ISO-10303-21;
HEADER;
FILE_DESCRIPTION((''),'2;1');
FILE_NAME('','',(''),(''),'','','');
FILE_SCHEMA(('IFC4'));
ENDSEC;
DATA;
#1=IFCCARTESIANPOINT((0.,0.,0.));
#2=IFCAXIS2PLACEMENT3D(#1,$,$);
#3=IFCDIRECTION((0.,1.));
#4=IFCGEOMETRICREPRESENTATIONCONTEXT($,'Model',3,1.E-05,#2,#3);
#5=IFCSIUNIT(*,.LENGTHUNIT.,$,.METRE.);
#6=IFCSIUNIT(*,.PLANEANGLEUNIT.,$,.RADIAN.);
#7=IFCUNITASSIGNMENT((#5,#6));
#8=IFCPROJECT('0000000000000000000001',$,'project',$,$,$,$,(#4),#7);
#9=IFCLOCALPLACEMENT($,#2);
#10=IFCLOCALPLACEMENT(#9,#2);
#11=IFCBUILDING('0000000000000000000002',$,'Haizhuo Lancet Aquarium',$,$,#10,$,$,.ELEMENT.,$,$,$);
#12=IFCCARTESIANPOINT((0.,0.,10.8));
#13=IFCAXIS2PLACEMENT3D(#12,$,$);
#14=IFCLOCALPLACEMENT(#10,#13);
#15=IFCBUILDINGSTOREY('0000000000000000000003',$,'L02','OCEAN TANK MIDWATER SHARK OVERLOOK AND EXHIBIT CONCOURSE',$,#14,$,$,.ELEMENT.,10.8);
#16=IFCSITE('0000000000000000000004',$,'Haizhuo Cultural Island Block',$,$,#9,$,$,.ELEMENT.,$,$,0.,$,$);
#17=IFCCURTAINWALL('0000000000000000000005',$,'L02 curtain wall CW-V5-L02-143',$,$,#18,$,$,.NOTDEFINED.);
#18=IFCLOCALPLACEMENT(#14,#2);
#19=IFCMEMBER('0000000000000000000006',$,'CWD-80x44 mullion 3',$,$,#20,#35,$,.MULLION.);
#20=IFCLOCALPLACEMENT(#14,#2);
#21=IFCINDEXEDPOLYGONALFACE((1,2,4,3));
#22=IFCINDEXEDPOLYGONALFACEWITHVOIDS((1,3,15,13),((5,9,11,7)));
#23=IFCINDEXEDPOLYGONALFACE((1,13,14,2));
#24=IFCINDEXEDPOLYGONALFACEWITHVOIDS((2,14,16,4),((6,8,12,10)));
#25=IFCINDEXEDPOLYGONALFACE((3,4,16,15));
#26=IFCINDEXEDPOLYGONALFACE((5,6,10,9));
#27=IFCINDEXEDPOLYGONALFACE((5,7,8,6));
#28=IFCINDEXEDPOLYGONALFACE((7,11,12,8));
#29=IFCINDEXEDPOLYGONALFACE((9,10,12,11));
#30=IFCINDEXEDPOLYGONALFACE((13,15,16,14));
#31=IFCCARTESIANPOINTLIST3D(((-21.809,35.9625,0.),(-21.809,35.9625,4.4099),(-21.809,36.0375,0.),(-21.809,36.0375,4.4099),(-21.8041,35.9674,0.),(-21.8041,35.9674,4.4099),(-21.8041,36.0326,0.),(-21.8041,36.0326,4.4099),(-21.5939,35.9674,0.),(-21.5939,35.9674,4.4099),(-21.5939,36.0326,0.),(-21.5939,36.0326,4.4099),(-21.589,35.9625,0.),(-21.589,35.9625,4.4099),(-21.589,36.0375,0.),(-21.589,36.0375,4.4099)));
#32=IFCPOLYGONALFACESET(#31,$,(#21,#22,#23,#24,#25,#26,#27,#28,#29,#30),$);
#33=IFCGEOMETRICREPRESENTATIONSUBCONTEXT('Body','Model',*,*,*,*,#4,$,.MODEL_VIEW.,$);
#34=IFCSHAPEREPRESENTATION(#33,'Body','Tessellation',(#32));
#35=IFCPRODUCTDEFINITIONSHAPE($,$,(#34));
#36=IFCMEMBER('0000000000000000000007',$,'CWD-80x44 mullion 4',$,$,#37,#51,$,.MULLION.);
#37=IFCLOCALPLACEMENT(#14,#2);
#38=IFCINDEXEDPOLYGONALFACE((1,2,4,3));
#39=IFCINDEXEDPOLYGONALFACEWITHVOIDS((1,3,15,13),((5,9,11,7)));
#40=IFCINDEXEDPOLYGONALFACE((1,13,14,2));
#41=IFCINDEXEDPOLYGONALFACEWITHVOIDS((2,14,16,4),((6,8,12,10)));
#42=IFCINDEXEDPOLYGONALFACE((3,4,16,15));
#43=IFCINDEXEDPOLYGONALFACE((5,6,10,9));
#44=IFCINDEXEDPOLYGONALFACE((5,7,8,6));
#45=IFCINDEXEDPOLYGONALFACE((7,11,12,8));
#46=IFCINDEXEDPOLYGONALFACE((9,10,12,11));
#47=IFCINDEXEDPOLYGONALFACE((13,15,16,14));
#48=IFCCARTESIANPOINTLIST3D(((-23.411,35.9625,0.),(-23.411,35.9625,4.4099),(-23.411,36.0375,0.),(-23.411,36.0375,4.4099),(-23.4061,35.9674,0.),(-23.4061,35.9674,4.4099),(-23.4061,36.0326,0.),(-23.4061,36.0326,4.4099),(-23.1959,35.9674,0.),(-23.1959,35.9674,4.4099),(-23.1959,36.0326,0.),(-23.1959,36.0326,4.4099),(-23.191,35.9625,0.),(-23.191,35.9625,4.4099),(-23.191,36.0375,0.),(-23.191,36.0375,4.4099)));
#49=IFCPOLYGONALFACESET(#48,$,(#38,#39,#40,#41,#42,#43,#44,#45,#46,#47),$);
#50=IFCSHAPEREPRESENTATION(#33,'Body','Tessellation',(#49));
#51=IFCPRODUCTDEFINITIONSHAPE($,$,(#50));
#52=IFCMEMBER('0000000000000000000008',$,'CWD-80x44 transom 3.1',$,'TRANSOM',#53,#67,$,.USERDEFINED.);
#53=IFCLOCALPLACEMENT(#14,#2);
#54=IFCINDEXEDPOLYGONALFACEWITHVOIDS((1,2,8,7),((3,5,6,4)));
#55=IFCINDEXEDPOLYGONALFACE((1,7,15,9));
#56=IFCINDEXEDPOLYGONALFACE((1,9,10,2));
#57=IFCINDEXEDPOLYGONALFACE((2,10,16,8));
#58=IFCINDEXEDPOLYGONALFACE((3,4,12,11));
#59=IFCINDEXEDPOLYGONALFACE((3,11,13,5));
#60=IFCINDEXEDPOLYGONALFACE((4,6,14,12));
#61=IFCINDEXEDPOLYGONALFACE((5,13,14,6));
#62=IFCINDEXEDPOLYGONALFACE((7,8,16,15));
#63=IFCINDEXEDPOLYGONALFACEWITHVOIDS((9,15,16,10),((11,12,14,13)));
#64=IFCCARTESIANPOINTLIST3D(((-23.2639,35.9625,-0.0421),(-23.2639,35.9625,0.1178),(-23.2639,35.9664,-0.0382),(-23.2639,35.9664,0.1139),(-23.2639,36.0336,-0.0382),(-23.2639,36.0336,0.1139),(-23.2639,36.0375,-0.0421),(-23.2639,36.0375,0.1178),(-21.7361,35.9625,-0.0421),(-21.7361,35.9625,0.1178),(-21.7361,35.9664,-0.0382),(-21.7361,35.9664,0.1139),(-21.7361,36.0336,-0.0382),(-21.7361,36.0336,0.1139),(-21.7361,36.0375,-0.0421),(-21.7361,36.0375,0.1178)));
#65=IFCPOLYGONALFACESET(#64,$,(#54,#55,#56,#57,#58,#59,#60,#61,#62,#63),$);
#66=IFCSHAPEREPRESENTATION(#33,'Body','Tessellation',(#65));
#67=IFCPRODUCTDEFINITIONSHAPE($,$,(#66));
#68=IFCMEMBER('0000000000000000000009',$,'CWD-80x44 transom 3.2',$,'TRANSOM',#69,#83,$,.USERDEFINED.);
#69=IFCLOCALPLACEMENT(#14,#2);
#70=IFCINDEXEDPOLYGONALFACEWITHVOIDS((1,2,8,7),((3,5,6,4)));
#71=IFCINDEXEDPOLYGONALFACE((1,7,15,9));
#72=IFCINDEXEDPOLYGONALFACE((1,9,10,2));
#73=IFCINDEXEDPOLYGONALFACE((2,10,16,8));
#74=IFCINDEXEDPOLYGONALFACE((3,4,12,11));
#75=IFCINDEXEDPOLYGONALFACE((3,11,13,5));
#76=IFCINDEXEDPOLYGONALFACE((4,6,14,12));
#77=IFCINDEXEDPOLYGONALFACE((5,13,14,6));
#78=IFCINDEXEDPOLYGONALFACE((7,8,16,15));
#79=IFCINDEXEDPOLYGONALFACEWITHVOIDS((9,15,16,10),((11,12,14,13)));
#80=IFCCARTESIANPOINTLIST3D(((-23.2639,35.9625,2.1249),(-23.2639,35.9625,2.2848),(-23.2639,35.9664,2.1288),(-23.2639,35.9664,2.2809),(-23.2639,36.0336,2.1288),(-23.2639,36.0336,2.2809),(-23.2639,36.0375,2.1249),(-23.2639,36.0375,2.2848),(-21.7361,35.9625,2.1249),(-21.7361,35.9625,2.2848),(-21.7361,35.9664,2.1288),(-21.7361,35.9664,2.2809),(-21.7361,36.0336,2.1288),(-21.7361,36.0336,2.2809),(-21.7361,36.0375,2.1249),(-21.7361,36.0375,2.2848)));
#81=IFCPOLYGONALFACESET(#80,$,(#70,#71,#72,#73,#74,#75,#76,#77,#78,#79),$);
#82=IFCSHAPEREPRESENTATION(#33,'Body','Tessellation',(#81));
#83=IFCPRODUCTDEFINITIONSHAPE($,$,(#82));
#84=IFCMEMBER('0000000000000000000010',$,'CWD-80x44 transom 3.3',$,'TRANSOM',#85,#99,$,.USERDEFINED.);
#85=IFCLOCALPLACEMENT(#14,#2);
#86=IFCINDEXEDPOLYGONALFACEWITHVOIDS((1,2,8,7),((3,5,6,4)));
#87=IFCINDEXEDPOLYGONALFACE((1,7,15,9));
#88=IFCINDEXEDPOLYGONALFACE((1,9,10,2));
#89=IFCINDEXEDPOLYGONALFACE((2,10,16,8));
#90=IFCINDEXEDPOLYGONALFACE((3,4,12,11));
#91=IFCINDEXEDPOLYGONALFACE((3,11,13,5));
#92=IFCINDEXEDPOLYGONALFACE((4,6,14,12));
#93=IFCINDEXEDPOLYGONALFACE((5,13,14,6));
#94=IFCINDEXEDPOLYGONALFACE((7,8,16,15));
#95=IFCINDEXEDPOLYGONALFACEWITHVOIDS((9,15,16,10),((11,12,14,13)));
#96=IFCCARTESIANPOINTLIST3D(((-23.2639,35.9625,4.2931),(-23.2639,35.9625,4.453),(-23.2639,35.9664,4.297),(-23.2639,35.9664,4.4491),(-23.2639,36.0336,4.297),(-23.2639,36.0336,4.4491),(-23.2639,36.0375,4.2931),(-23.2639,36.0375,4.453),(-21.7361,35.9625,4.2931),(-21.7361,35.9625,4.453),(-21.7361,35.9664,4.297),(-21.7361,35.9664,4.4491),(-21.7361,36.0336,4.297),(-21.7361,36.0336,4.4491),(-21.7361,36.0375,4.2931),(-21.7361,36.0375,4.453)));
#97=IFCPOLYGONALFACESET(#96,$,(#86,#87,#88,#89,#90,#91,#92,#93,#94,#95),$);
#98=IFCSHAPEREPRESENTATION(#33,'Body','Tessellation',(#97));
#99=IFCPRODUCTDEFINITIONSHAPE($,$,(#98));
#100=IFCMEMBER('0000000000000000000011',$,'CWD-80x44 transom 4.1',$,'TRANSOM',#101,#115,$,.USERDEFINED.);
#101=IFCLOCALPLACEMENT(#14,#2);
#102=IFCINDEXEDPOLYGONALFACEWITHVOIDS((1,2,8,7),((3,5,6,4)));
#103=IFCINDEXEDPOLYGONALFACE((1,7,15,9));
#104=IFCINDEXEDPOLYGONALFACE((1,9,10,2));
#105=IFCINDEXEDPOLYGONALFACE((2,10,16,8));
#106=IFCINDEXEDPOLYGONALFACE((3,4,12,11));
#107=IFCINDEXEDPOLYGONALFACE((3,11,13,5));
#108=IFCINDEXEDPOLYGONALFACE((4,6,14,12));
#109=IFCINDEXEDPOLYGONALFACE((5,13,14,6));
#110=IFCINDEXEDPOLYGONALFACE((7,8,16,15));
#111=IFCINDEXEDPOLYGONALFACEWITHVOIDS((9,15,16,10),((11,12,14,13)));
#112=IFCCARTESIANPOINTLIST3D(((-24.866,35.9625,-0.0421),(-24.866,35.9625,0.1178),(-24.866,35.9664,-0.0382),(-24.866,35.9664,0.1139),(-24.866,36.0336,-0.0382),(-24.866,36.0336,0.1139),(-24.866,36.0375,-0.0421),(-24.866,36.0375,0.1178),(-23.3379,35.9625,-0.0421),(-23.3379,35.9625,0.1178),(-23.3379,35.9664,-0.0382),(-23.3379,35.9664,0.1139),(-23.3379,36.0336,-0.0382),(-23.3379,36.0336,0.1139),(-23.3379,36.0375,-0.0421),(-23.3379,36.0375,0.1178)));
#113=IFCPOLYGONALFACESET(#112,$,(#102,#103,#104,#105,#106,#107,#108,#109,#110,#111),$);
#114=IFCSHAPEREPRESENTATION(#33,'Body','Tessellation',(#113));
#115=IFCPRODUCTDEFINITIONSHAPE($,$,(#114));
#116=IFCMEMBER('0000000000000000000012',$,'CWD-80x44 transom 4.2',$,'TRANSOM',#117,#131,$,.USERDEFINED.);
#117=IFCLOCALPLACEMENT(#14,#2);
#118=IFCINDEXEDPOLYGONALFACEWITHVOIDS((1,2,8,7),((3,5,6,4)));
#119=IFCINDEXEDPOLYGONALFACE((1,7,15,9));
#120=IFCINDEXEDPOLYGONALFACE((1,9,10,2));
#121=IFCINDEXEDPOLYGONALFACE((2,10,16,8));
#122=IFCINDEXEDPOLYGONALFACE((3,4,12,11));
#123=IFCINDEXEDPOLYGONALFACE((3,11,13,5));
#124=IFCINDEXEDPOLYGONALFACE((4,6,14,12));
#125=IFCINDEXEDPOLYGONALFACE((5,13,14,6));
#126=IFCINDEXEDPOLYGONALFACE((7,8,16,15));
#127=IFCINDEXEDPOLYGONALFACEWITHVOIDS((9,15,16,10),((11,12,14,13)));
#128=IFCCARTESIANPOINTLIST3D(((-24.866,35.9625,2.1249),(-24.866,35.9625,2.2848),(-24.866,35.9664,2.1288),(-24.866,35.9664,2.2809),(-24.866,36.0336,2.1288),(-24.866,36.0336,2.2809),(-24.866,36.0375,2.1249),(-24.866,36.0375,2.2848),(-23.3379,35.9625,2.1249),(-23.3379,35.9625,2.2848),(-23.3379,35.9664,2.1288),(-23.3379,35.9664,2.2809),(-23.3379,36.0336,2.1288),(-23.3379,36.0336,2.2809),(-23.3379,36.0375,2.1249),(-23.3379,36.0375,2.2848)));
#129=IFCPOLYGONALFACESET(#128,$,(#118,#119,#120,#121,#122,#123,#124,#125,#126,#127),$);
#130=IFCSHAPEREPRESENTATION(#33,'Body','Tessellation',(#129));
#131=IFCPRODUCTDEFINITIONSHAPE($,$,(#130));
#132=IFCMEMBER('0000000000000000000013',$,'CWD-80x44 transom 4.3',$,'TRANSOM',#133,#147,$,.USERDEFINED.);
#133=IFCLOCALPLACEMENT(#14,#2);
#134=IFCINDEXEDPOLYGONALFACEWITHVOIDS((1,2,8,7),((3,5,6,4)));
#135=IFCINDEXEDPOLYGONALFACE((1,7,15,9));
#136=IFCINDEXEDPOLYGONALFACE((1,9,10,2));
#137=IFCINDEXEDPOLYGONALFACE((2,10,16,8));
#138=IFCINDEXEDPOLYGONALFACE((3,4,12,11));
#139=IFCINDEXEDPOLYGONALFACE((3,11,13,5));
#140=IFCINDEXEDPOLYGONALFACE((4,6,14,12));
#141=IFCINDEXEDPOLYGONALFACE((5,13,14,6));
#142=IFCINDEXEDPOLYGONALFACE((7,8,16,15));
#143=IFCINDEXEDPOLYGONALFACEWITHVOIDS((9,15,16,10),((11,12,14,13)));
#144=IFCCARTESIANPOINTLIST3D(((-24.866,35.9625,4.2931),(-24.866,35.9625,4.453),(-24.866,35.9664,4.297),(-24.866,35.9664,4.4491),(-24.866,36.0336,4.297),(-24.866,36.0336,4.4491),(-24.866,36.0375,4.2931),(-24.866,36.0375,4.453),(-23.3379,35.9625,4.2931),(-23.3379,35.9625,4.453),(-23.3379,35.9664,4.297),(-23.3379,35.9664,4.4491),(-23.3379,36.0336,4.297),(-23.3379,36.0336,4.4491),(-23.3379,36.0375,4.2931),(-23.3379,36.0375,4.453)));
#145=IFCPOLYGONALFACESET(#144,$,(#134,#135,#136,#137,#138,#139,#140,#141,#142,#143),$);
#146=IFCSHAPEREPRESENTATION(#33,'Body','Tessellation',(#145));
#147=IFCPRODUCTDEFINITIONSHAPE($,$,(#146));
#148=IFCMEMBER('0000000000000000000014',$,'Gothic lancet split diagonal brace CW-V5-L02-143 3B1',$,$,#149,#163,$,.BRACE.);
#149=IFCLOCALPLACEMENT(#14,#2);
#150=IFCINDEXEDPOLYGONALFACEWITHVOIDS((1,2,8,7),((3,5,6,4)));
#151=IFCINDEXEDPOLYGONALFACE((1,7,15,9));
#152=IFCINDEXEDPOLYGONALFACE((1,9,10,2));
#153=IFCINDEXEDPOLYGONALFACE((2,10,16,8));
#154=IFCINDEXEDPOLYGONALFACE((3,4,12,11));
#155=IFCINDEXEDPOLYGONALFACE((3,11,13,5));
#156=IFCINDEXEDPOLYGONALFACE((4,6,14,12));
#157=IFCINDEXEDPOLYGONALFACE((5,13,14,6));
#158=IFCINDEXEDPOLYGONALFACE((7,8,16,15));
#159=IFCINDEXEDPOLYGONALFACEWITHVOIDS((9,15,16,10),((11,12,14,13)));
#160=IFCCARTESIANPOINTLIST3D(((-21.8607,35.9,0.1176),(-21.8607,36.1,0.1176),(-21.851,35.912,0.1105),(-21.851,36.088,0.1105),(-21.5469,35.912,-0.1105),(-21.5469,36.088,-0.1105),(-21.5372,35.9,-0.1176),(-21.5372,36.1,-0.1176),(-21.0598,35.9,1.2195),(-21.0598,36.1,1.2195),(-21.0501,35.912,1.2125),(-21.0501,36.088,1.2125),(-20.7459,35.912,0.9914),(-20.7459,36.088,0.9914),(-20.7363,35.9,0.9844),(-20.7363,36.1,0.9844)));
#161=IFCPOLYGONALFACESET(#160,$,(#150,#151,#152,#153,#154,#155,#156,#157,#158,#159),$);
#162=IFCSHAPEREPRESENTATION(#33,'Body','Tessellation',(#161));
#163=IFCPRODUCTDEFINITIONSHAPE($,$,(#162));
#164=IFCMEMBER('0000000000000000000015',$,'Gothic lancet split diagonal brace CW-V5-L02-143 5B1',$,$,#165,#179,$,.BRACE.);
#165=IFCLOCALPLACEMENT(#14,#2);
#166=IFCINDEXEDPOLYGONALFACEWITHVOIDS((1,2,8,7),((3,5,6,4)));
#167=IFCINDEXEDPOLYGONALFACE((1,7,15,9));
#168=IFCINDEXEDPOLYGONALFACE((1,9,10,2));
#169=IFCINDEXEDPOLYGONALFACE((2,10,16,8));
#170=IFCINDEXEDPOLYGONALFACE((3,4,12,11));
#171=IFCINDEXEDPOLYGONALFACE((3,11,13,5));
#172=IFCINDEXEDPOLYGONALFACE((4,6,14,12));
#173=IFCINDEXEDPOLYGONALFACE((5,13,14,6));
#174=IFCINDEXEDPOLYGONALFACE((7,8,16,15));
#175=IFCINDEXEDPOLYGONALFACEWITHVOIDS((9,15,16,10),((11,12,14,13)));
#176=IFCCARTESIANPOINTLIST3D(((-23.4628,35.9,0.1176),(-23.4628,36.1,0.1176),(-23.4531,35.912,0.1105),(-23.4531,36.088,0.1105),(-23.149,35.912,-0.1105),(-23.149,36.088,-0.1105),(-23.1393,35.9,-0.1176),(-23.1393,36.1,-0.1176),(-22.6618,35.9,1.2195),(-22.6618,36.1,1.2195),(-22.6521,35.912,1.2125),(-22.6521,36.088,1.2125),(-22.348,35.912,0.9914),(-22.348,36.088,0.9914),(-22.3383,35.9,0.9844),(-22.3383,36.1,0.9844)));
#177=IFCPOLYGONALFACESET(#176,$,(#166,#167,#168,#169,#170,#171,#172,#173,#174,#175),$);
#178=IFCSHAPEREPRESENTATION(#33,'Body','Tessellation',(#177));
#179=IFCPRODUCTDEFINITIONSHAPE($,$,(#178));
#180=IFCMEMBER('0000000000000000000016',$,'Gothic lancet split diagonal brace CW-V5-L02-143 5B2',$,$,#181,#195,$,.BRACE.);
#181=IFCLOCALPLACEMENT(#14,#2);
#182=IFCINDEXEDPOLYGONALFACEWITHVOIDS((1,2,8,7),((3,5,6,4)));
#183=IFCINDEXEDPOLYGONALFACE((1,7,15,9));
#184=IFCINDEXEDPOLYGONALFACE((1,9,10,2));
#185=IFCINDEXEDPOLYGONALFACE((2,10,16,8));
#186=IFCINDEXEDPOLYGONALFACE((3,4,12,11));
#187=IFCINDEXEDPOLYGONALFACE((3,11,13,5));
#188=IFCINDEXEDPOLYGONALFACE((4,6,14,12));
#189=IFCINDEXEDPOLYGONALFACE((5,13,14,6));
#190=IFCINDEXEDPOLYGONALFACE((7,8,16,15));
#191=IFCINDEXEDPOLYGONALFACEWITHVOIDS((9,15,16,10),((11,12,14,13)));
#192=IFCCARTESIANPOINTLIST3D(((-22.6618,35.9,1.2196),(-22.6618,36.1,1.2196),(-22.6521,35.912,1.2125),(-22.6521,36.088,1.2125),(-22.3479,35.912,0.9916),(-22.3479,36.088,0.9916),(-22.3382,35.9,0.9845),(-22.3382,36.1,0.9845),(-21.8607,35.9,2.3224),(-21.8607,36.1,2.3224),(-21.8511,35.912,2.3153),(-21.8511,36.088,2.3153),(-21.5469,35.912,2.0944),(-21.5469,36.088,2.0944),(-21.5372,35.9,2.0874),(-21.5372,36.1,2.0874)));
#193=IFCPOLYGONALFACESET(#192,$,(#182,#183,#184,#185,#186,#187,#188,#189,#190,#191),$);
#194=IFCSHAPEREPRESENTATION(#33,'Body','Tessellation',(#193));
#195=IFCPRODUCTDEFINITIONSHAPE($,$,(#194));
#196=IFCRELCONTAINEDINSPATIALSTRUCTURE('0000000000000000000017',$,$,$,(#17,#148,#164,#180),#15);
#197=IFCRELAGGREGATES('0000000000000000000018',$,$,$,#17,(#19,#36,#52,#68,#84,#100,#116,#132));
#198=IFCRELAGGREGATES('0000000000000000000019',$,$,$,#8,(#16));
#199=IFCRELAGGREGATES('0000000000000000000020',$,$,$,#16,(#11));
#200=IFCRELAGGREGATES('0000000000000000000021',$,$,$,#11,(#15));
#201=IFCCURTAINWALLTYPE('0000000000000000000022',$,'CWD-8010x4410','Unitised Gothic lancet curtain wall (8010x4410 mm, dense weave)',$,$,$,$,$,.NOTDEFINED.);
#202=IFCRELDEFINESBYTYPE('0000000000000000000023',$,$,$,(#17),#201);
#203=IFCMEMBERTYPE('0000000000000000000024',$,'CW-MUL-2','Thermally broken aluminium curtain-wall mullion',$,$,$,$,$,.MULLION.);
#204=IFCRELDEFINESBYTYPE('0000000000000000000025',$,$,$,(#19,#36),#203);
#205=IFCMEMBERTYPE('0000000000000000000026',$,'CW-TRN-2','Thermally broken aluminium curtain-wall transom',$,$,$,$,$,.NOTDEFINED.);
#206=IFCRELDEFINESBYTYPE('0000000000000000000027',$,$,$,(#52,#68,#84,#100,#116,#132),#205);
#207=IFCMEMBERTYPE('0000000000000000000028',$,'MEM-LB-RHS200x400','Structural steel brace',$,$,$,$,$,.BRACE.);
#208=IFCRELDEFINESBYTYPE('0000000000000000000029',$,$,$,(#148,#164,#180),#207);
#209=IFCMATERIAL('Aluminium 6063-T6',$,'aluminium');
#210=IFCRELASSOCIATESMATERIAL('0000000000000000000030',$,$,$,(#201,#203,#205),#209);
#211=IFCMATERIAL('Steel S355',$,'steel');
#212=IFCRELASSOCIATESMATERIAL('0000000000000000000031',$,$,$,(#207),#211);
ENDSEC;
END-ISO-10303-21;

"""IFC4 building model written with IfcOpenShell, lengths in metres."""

from ifc_helpers import new_model, si_unit, direction, frame, origin, origin_2d, place, context, subcontext, project, spatial, hollow_rectangle, extrude, material, material_profile, profile_set, type_object, element, aggregate, save


model = new_model("IFC4")

# Units and contexts
model_context = context("Model", 3, precision=1e-05, world=origin(), true_north=direction((0.0, 1.0)))
body_context = subcontext(model_context, "Body", "Model", "MODEL_VIEW")
ifc_project = project(units=[si_unit("LENGTHUNIT", "METRE"), si_unit("PLANEANGLEUNIT", "RADIAN")], contexts=[model_context])

# Site, building, storey
site_placement = place(None, origin())
site = spatial("IfcSite", under=ifc_project, at=site_placement, Name="Haizhuo Cultural Island Block", CompositionType="ELEMENT", RefElevation=0.0)
building_placement = place(site_placement, origin())
building = spatial("IfcBuilding", under=site, at=building_placement, Name="Haizhuo Lancet Aquarium", CompositionType="ELEMENT")
storey_placement = place(building_placement, frame((0.0, 0.0, 10.8)))
storey = spatial("IfcBuildingStorey", under=building, at=storey_placement, Name="L02", Description="OCEAN TANK MIDWATER SHARK OVERLOOK AND EXHIBIT CONCOURSE", CompositionType="ELEMENT", Elevation=10.8)

# Curtain wall, members
ifc_material_1 = material(Name="Aluminium 6063-T6", Category="aluminium")
curtain_wall_type = type_object("IfcCurtainWallType", Name="CWD-8010x4410", Description="Unitised Gothic lancet curtain wall (8010x4410 mm, dense weave)", PredefinedType="NOTDEFINED", material=ifc_material_1)
curtain_wall_placement = place(storey_placement, origin())
curtain_wall = element("IfcCurtainWall", 1, at=curtain_wall_placement, inside=storey, type_object=curtain_wall_type, Name="L02 curtain wall CW-V5-L02-143", PredefinedType="NOTDEFINED")
ifc_material_profile_1 = material_profile(ifc_material_1, hollow_rectangle(XDim=0.075, YDim=0.22, WallThickness=0.0049, at=origin_2d()), Name="ALU-M 75x220x5")
ifc_profile_set_1 = profile_set([ifc_material_profile_1], Name="Aluminium 6063-T6")
member_type_1 = type_object("IfcMemberType", Name="CW-MUL-2", Description="Thermally broken aluminium curtain-wall mullion", PredefinedType="MULLION", material=ifc_profile_set_1)
member_1_placement = place(storey_placement, frame((-21.699, 36.0, 0.0), z_axis=(0.0, 0.0, 1.0), x_axis=(0.0, -1.0, 0.0)))
member_1 = element("IfcMember", 2, at=member_1_placement, type_object=member_type_1, Name="CWD-80x44 mullion 3", PredefinedType="MULLION", context=body_context, shape_type="SweptSolid", body=[
    extrude(hollow_rectangle(XDim=0.075, YDim=0.22, WallThickness=0.0049, at=origin_2d()), origin(), (0.0, 0.0, 1.0), 4.4099),
])
member_2_placement = place(storey_placement, frame((-23.301, 36.0, 0.0), z_axis=(0.0, 0.0, 1.0), x_axis=(0.0, -1.0, 0.0)))
member_2 = element("IfcMember", 3, at=member_2_placement, type_object=member_type_1, Name="CWD-80x44 mullion 4", PredefinedType="MULLION", context=body_context, shape_type="SweptSolid", body=[
    extrude(hollow_rectangle(XDim=0.075, YDim=0.22, WallThickness=0.0049, at=origin_2d()), origin(), (0.0, 0.0, 1.0), 4.4099),
])
ifc_material_profile_2 = material_profile(ifc_material_1, hollow_rectangle(XDim=0.075, YDim=0.1599, WallThickness=0.0039, at=origin_2d()), Name="ALU-T 75x160x4")
ifc_profile_set_2 = profile_set([ifc_material_profile_2], Name="Aluminium 6063-T6")
member_type_2 = type_object("IfcMemberType", Name="CW-TRN-2", Description="Thermally broken aluminium curtain-wall transom", PredefinedType="NOTDEFINED", material=ifc_profile_set_2)
member_3_placement = place(storey_placement, frame((-21.7361, 36.0, 0.0378), z_axis=(-1.0, 0.0, 0.0), x_axis=(0.0, -1.0, 0.0)))
member_3 = element("IfcMember", 4, at=member_3_placement, type_object=member_type_2, Name="CWD-80x44 transom 3.1", ObjectType="TRANSOM", PredefinedType="USERDEFINED", context=body_context, shape_type="SweptSolid", body=[
    extrude(hollow_rectangle(XDim=0.075, YDim=0.1599, WallThickness=0.0039, at=origin_2d()), origin(), (0.0, 0.0, 1.0), 1.5278),
])
member_4_placement = place(storey_placement, frame((-21.7361, 36.0, 2.2048), z_axis=(-1.0, 0.0, 0.0), x_axis=(0.0, -1.0, 0.0)))
member_4 = element("IfcMember", 5, at=member_4_placement, type_object=member_type_2, Name="CWD-80x44 transom 3.2", ObjectType="TRANSOM", PredefinedType="USERDEFINED", context=body_context, shape_type="SweptSolid", body=[
    extrude(hollow_rectangle(XDim=0.075, YDim=0.1599, WallThickness=0.0039, at=origin_2d()), origin(), (0.0, 0.0, 1.0), 1.5278),
])
member_5_placement = place(storey_placement, frame((-21.7361, 36.0, 4.373), z_axis=(-1.0, 0.0, 0.0), x_axis=(0.0, -1.0, 0.0)))
member_5 = element("IfcMember", 6, at=member_5_placement, type_object=member_type_2, Name="CWD-80x44 transom 3.3", ObjectType="TRANSOM", PredefinedType="USERDEFINED", context=body_context, shape_type="SweptSolid", body=[
    extrude(hollow_rectangle(XDim=0.075, YDim=0.1599, WallThickness=0.0039, at=origin_2d()), origin(), (0.0, 0.0, 1.0), 1.5278),
])
member_6_placement = place(storey_placement, frame((-23.3379, 36.0, 0.0378), z_axis=(-1.0, 0.0, 0.0), x_axis=(0.0, -1.0, 0.0)))
member_6 = element("IfcMember", 7, at=member_6_placement, type_object=member_type_2, Name="CWD-80x44 transom 4.1", ObjectType="TRANSOM", PredefinedType="USERDEFINED", context=body_context, shape_type="SweptSolid", body=[
    extrude(hollow_rectangle(XDim=0.075, YDim=0.1599, WallThickness=0.0039, at=origin_2d()), origin(), (0.0, 0.0, 1.0), 1.5281),
])
member_7_placement = place(storey_placement, frame((-23.3379, 36.0, 2.2048), z_axis=(-1.0, 0.0, 0.0), x_axis=(0.0, -1.0, 0.0)))
member_7 = element("IfcMember", 8, at=member_7_placement, type_object=member_type_2, Name="CWD-80x44 transom 4.2", ObjectType="TRANSOM", PredefinedType="USERDEFINED", context=body_context, shape_type="SweptSolid", body=[
    extrude(hollow_rectangle(XDim=0.075, YDim=0.1599, WallThickness=0.0039, at=origin_2d()), origin(), (0.0, 0.0, 1.0), 1.5281),
])
member_8_placement = place(storey_placement, frame((-23.3379, 36.0, 4.373), z_axis=(-1.0, 0.0, 0.0), x_axis=(0.0, -1.0, 0.0)))
member_8 = element("IfcMember", 9, at=member_8_placement, type_object=member_type_2, Name="CWD-80x44 transom 4.3", ObjectType="TRANSOM", PredefinedType="USERDEFINED", context=body_context, shape_type="SweptSolid", body=[
    extrude(hollow_rectangle(XDim=0.075, YDim=0.1599, WallThickness=0.0039, at=origin_2d()), origin(), (0.0, 0.0, 1.0), 1.5281),
])

# Members
ifc_material_2 = material(Name="Steel S355", Category="steel")
ifc_material_profile_3 = material_profile(ifc_material_2, hollow_rectangle(XDim=0.2, YDim=0.3999, WallThickness=0.012, at=origin_2d()), Name="RHS 200x400x12")
ifc_profile_set_3 = profile_set([ifc_material_profile_3], Name="Steel S355")
member_type_3 = type_object("IfcMemberType", Name="MEM-LB-RHS200x400", Description="Structural steel brace", PredefinedType="BRACE", material=ifc_profile_set_3)
for number, where, z_axis, x_axis, name in (
    (10, (-21.699, 36.0, 0.0), (0.587948, 0.0, 0.808899), (0.0, 1.0, 0.0), "Gothic lancet split diagonal brace CW-V5-L02-143 3B1"),
    (11, (-23.301, 36.0, 0.0), (0.587948, 0.0, 0.808899), (0.0, 1.0, 0.0), "Gothic lancet split diagonal brace CW-V5-L02-143 5B1"),
):
    element("IfcMember", number, at=place(storey_placement, frame(where, z_axis=z_axis, x_axis=x_axis)), inside=storey, type_object=member_type_3, Name=name, PredefinedType="BRACE", context=body_context, shape_type="SweptSolid", body=[
        extrude(hollow_rectangle(XDim=0.2, YDim=0.3999, WallThickness=0.012, at=origin_2d()), origin(), (0.0, 0.0, 1.0), 1.3623),
    ])
member_9_placement = place(storey_placement, frame((-22.5, 36.0, 1.1021), z_axis=(0.587692, 0.0, 0.809084), x_axis=(0.0, 1.0, 0.0)))
element("IfcMember", 12, at=member_9_placement, inside=storey, type_object=member_type_3, Name="Gothic lancet split diagonal brace CW-V5-L02-143 5B2", PredefinedType="BRACE", context=body_context, shape_type="SweptSolid", body=[
    extrude(hollow_rectangle(XDim=0.2, YDim=0.3999, WallThickness=0.012, at=origin_2d()), origin(), (0.0, 0.0, 1.0), 1.363),
])

aggregate(curtain_wall, [member_1, member_2, member_3, member_4, member_5, member_6, member_7, member_8])

save(model, "model.ifc")
